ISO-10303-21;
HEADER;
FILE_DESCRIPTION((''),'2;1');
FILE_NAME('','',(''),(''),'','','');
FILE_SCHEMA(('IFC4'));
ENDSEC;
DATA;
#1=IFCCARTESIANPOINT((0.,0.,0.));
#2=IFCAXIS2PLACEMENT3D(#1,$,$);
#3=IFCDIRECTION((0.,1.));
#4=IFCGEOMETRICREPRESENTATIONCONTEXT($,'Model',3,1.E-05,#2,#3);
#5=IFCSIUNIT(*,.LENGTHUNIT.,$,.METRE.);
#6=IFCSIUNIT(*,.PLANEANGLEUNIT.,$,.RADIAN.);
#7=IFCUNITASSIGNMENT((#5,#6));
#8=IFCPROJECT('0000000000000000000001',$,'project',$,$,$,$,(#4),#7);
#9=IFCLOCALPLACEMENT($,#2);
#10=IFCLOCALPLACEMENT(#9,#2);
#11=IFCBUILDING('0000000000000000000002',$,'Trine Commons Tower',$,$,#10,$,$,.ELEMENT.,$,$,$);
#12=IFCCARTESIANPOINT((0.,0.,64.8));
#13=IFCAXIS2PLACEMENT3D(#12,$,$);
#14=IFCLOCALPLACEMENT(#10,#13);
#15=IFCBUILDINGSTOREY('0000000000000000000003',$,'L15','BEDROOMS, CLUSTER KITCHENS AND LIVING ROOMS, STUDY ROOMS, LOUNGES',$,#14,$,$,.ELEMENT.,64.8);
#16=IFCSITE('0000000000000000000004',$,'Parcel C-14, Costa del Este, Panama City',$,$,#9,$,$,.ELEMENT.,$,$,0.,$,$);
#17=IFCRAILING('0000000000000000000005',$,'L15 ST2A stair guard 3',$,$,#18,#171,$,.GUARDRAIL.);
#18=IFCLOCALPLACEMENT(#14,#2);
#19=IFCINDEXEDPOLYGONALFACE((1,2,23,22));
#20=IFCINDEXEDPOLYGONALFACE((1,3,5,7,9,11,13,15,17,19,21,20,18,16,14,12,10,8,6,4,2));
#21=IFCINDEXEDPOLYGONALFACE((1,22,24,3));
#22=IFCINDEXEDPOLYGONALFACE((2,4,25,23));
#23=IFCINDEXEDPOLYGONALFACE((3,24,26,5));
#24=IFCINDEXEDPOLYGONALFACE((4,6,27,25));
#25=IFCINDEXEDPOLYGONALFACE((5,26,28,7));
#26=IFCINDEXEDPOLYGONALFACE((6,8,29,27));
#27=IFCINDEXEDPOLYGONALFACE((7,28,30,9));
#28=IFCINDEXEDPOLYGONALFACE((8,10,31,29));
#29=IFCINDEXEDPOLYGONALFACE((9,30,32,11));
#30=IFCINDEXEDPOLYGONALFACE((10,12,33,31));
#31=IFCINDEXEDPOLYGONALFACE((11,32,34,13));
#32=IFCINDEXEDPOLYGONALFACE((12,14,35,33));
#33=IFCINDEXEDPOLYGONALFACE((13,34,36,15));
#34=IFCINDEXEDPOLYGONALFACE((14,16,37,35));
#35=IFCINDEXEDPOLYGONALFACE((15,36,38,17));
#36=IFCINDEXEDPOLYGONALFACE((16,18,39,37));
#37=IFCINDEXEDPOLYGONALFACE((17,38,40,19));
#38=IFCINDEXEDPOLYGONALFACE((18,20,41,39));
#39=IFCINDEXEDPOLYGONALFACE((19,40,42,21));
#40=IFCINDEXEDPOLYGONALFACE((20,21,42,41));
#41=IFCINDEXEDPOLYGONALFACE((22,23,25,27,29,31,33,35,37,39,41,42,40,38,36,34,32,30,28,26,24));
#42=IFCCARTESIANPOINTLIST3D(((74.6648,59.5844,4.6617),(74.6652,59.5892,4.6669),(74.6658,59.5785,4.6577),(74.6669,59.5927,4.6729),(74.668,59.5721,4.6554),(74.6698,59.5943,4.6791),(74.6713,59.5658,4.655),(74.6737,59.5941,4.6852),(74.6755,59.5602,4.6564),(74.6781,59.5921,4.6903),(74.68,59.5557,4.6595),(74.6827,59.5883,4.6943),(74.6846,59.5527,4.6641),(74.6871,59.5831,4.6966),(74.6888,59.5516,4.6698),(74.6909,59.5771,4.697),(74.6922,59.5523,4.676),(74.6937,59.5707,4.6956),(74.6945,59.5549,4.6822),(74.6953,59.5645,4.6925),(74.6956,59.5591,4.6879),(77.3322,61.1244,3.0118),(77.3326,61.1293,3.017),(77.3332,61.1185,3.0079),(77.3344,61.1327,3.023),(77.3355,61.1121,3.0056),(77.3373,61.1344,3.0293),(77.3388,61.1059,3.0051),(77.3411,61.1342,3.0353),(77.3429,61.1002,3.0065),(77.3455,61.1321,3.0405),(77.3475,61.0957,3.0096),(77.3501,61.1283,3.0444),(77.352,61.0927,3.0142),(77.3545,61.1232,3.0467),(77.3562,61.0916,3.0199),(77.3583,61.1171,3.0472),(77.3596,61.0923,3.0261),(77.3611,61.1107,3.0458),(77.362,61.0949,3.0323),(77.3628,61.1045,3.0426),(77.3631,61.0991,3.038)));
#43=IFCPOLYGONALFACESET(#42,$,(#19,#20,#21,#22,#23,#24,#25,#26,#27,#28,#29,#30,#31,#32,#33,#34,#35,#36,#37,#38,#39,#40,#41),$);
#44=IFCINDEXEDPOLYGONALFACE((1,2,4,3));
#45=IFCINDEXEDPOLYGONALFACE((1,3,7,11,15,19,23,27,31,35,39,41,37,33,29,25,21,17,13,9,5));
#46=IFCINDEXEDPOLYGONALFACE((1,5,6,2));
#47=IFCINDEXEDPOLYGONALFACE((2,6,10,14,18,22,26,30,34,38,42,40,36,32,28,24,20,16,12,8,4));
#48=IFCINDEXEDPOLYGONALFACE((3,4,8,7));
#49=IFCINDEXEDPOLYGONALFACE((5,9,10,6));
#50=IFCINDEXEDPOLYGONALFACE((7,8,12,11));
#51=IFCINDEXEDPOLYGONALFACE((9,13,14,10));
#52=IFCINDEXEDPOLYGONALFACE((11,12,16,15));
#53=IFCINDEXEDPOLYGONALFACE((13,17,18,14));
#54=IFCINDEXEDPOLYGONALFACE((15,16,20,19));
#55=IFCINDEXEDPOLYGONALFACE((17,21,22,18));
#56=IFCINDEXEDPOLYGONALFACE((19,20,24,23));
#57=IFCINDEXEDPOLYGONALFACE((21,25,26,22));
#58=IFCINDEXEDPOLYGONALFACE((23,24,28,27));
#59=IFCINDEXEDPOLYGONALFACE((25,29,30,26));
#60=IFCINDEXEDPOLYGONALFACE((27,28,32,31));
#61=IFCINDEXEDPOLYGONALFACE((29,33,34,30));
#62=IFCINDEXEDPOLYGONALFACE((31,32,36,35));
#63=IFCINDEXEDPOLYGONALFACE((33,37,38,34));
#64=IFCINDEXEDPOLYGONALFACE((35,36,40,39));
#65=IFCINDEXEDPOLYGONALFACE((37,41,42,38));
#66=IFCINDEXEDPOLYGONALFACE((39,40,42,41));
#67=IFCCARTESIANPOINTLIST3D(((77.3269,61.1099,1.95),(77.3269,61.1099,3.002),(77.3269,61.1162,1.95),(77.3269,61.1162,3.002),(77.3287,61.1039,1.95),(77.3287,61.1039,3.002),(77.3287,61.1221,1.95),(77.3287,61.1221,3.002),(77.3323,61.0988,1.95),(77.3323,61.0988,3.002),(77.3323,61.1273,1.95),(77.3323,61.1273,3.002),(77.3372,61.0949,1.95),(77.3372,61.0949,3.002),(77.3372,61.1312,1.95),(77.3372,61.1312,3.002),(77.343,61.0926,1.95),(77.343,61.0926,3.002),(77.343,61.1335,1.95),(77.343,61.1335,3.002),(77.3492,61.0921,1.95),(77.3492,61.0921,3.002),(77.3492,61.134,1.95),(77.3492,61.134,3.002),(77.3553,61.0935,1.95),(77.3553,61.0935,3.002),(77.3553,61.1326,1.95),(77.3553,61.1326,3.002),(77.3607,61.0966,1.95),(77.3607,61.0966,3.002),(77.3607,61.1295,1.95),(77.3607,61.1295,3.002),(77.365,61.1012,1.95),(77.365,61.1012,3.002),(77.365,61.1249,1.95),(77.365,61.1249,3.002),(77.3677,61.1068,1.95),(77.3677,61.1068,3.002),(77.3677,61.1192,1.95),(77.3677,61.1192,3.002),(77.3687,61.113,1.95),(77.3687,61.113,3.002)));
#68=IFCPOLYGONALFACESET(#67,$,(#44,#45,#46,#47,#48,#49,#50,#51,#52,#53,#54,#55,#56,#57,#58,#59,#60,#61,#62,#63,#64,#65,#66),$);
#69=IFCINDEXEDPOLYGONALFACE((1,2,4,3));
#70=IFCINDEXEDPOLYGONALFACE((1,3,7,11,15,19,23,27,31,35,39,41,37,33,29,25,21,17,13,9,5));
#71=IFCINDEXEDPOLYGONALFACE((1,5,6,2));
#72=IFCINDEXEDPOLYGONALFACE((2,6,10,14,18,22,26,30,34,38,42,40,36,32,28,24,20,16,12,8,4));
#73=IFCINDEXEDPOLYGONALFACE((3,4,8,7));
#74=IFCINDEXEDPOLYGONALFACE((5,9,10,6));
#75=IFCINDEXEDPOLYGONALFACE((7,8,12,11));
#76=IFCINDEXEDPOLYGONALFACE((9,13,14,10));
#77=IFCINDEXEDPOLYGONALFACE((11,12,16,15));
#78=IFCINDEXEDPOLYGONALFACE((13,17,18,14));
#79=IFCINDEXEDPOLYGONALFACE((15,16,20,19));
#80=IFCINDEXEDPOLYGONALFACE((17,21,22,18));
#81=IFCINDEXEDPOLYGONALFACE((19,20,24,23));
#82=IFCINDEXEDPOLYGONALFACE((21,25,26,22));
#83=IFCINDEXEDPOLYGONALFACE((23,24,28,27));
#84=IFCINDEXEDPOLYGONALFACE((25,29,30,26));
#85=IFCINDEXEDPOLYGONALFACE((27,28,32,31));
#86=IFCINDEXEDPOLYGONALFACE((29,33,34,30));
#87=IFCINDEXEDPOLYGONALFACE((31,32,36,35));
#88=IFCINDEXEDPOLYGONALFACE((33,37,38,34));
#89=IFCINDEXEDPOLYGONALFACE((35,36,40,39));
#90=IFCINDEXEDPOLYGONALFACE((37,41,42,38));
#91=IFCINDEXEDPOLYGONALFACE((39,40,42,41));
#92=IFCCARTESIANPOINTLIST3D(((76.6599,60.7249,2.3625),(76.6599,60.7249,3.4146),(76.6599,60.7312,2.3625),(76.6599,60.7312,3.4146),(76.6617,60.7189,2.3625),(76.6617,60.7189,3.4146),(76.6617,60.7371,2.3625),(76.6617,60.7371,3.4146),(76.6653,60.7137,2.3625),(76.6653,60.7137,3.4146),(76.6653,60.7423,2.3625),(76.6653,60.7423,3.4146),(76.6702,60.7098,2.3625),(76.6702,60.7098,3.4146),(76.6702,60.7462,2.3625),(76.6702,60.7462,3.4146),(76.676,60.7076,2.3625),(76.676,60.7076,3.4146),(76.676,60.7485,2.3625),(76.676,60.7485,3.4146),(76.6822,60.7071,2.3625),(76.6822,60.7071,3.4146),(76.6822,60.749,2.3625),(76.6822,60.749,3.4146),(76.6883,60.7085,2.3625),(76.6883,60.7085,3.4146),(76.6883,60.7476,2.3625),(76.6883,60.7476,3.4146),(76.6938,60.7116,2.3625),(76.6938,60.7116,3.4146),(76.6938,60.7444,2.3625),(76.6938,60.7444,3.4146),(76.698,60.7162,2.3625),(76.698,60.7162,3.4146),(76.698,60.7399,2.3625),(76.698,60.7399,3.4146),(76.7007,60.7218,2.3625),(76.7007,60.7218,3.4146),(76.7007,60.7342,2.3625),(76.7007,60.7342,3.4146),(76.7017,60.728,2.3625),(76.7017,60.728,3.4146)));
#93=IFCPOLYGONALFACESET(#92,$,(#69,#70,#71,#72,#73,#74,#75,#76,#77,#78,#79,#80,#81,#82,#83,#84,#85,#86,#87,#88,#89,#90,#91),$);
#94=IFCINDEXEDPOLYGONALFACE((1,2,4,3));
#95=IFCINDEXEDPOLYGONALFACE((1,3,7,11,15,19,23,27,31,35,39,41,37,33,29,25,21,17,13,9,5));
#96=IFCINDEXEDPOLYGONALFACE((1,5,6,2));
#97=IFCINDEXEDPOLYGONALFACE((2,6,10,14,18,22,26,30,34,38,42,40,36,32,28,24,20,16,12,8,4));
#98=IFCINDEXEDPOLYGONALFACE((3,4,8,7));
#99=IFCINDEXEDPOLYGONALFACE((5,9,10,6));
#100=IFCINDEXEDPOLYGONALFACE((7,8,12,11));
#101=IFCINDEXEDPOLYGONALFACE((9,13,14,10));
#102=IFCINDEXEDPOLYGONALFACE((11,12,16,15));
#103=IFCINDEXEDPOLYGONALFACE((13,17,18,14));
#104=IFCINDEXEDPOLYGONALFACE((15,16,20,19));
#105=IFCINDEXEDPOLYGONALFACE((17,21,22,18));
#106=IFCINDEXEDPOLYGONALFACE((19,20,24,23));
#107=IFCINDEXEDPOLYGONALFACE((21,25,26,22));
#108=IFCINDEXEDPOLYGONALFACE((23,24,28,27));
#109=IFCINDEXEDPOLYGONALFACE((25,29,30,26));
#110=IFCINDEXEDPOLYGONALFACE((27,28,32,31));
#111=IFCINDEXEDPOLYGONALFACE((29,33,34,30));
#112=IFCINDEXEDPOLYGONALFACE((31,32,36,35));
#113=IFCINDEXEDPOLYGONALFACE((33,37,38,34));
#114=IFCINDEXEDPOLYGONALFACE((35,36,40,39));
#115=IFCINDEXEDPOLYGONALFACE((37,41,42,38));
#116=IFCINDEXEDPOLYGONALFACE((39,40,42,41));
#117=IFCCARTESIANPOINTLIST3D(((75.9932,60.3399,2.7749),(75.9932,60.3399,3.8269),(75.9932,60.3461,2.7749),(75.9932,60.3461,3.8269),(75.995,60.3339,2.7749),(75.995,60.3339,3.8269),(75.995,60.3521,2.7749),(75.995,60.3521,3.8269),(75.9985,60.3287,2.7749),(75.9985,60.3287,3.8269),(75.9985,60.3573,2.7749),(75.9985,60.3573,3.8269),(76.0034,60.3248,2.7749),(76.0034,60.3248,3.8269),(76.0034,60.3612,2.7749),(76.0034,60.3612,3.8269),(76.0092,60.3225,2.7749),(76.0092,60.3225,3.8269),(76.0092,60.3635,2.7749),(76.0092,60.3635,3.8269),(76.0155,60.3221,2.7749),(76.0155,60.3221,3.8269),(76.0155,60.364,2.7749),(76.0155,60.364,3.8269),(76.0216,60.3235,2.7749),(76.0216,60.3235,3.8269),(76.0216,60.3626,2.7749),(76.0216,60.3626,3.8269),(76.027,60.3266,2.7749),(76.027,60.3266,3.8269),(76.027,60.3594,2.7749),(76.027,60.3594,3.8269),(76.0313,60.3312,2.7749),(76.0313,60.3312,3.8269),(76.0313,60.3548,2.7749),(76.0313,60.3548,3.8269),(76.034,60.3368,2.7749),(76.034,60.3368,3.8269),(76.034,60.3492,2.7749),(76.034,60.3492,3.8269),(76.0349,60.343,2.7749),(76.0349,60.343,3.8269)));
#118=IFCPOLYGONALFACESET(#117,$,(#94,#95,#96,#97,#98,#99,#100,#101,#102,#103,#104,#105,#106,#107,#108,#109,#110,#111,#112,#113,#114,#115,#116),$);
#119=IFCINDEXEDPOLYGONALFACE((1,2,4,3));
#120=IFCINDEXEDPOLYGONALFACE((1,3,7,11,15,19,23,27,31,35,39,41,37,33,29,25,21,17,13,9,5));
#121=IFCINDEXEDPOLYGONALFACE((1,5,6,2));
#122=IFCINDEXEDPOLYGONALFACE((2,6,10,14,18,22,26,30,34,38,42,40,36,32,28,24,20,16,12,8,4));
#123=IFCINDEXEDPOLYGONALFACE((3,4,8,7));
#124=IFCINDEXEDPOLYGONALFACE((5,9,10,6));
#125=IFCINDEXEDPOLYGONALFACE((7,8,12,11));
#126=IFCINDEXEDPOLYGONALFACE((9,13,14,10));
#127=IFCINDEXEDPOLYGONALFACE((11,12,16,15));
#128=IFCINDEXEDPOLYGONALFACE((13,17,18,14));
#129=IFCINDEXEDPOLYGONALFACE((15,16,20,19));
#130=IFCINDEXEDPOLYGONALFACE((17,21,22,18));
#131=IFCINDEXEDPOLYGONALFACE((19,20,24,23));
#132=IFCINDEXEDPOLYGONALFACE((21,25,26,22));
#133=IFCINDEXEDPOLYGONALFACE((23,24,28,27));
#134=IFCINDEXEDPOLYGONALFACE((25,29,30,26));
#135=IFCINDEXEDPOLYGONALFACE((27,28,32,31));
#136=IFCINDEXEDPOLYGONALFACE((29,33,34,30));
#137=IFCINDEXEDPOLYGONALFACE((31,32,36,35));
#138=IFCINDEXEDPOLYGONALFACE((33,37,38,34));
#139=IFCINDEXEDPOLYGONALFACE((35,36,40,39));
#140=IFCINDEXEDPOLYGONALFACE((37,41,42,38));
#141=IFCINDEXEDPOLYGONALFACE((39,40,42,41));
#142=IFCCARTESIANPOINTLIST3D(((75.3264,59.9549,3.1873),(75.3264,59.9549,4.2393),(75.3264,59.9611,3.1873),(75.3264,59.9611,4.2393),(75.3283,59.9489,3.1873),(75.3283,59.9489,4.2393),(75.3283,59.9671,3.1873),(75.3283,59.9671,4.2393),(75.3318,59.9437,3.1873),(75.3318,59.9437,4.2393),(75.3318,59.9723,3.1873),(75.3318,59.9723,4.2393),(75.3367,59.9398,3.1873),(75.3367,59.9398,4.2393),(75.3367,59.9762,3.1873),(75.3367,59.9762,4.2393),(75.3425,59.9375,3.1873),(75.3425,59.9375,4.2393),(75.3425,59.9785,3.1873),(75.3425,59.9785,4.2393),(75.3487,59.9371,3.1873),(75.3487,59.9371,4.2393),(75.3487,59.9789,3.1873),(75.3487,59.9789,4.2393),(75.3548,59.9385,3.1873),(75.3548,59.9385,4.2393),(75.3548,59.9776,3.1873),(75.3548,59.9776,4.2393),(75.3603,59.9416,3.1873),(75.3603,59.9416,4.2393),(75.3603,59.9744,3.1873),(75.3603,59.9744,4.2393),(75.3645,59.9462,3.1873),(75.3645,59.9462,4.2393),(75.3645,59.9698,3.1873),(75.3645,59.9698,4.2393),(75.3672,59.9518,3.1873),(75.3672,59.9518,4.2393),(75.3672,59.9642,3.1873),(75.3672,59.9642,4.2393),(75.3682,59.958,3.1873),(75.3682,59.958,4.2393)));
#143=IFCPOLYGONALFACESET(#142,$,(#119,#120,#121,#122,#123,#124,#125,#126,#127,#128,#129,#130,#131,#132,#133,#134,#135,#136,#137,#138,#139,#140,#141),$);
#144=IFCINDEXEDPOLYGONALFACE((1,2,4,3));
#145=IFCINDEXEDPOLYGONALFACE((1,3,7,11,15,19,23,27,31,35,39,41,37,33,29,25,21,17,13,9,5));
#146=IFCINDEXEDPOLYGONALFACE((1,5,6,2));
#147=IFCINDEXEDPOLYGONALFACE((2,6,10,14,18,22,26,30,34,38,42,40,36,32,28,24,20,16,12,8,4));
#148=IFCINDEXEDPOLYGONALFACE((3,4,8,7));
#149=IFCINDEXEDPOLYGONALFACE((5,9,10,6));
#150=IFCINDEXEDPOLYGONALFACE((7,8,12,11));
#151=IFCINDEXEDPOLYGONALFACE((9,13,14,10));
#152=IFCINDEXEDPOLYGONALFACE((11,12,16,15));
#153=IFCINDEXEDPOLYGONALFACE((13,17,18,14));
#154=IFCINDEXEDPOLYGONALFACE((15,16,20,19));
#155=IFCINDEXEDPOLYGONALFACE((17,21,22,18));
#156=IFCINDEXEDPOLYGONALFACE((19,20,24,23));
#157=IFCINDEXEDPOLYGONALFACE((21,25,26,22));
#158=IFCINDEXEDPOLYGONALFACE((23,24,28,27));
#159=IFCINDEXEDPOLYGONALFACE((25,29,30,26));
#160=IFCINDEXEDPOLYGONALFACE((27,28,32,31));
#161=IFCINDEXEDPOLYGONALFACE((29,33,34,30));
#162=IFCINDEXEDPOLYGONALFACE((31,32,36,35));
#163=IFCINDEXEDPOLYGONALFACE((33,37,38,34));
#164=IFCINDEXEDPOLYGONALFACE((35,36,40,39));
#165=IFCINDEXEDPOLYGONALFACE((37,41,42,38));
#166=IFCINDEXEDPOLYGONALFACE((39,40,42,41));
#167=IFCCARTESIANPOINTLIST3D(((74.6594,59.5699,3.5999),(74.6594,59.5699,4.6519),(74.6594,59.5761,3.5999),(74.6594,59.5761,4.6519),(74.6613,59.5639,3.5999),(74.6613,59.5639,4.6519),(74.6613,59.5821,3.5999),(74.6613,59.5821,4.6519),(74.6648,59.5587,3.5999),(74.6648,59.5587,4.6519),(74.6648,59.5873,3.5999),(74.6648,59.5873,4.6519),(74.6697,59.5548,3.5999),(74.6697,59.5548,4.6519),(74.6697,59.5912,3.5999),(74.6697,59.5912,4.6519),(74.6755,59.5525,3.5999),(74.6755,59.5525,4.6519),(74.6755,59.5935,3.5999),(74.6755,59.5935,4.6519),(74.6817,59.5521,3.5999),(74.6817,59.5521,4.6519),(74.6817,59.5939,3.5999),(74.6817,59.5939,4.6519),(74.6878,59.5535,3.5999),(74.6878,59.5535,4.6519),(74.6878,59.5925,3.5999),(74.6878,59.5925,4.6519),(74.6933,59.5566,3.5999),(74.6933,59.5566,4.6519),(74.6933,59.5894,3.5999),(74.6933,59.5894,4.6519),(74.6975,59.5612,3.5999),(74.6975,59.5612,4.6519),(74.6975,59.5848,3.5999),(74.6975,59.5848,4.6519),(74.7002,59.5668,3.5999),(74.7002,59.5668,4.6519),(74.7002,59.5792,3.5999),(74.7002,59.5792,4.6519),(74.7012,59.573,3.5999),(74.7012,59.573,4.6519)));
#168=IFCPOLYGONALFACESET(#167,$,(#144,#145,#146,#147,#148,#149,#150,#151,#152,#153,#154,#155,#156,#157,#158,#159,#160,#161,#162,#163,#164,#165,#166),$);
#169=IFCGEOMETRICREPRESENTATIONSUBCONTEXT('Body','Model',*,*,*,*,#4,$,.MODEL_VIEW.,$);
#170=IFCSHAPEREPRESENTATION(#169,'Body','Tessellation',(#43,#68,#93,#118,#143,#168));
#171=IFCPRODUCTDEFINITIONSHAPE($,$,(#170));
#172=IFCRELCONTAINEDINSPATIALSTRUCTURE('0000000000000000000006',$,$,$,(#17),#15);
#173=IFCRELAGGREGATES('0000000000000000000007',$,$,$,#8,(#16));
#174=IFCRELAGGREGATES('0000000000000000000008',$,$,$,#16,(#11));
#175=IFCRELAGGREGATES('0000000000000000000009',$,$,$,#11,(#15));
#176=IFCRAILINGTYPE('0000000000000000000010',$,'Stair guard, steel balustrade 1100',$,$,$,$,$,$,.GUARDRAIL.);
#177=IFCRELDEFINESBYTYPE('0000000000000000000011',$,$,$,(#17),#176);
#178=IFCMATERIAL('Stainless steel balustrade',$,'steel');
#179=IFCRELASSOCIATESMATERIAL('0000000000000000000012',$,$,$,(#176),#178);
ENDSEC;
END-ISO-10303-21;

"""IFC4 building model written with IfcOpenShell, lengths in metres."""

from ifc_helpers import new_model, si_unit, direction, frame, origin, origin_2d, place, context, subcontext, project, spatial, circle, extrude, material, type_object, element, save


model = new_model("IFC4")

# Units and contexts
model_context = context("Model", 3, precision=1e-05, world=origin(), true_north=direction((0.0, 1.0)))
body_context = subcontext(model_context, "Body", "Model", "MODEL_VIEW")
ifc_project = project(units=[si_unit("LENGTHUNIT", "METRE"), si_unit("PLANEANGLEUNIT", "RADIAN")], contexts=[model_context])

# Site, building, storey
site_placement = place(None, origin())
site = spatial("IfcSite", under=ifc_project, at=site_placement, Name="Parcel C-14, Costa del Este, Panama City", CompositionType="ELEMENT", RefElevation=0.0)
building_placement = place(site_placement, origin())
building = spatial("IfcBuilding", under=site, at=building_placement, Name="Trine Commons Tower", CompositionType="ELEMENT")
storey_placement = place(building_placement, frame((0.0, 0.0, 64.8)))
storey = spatial("IfcBuildingStorey", under=building, at=storey_placement, Name="L15", Description="BEDROOMS, CLUSTER KITCHENS AND LIVING ROOMS, STUDY ROOMS, LOUNGES", CompositionType="ELEMENT", Elevation=64.8)

# Railing
ifc_material_1 = material(Name="Stainless steel balustrade", Category="steel")
railing_type_1 = type_object("IfcRailingType", Name="Stair guard, steel balustrade 1100", PredefinedType="GUARDRAIL", material=ifc_material_1)
railing_1_placement = place(storey_placement, frame((77.3477, 61.113, 1.95)))
element("IfcRailing", 1, at=railing_1_placement, inside=storey, type_object=railing_type_1, Name="L15 ST2A stair guard 3", PredefinedType="GUARDRAIL", context=body_context, shape_type="SweptSolid", body=[
    extrude(circle(Radius=0.0239, at=origin_2d()), frame((0.0, 0.0, 1.0762), z_axis=(-0.763405, -0.440743, 0.472185), x_axis=(0.499992, -0.86603, 0.0)), (0.0, 0.0, 1.0), 3.4941),
    extrude(circle(Radius=0.021, at=origin_2d()), origin(), (0.0, 0.0, 1.0), 1.052),
    extrude(circle(Radius=0.021, at=origin_2d()), frame((-0.667, -0.385, 0.4126)), (0.0, 0.0, 1.0), 1.052),
    extrude(circle(Radius=0.021, at=origin_2d()), frame((-1.3337, -0.77, 0.825)), (0.0, 0.0, 1.0), 1.052),
    extrude(circle(Radius=0.021, at=origin_2d()), frame((-2.0005, -1.155, 1.2373)), (0.0, 0.0, 1.0), 1.052),
    extrude(circle(Radius=0.021, at=origin_2d()), frame((-2.6675, -1.54, 1.6499)), (0.0, 0.0, 1.0), 1.052),
])

save(model, "model.ifc")
